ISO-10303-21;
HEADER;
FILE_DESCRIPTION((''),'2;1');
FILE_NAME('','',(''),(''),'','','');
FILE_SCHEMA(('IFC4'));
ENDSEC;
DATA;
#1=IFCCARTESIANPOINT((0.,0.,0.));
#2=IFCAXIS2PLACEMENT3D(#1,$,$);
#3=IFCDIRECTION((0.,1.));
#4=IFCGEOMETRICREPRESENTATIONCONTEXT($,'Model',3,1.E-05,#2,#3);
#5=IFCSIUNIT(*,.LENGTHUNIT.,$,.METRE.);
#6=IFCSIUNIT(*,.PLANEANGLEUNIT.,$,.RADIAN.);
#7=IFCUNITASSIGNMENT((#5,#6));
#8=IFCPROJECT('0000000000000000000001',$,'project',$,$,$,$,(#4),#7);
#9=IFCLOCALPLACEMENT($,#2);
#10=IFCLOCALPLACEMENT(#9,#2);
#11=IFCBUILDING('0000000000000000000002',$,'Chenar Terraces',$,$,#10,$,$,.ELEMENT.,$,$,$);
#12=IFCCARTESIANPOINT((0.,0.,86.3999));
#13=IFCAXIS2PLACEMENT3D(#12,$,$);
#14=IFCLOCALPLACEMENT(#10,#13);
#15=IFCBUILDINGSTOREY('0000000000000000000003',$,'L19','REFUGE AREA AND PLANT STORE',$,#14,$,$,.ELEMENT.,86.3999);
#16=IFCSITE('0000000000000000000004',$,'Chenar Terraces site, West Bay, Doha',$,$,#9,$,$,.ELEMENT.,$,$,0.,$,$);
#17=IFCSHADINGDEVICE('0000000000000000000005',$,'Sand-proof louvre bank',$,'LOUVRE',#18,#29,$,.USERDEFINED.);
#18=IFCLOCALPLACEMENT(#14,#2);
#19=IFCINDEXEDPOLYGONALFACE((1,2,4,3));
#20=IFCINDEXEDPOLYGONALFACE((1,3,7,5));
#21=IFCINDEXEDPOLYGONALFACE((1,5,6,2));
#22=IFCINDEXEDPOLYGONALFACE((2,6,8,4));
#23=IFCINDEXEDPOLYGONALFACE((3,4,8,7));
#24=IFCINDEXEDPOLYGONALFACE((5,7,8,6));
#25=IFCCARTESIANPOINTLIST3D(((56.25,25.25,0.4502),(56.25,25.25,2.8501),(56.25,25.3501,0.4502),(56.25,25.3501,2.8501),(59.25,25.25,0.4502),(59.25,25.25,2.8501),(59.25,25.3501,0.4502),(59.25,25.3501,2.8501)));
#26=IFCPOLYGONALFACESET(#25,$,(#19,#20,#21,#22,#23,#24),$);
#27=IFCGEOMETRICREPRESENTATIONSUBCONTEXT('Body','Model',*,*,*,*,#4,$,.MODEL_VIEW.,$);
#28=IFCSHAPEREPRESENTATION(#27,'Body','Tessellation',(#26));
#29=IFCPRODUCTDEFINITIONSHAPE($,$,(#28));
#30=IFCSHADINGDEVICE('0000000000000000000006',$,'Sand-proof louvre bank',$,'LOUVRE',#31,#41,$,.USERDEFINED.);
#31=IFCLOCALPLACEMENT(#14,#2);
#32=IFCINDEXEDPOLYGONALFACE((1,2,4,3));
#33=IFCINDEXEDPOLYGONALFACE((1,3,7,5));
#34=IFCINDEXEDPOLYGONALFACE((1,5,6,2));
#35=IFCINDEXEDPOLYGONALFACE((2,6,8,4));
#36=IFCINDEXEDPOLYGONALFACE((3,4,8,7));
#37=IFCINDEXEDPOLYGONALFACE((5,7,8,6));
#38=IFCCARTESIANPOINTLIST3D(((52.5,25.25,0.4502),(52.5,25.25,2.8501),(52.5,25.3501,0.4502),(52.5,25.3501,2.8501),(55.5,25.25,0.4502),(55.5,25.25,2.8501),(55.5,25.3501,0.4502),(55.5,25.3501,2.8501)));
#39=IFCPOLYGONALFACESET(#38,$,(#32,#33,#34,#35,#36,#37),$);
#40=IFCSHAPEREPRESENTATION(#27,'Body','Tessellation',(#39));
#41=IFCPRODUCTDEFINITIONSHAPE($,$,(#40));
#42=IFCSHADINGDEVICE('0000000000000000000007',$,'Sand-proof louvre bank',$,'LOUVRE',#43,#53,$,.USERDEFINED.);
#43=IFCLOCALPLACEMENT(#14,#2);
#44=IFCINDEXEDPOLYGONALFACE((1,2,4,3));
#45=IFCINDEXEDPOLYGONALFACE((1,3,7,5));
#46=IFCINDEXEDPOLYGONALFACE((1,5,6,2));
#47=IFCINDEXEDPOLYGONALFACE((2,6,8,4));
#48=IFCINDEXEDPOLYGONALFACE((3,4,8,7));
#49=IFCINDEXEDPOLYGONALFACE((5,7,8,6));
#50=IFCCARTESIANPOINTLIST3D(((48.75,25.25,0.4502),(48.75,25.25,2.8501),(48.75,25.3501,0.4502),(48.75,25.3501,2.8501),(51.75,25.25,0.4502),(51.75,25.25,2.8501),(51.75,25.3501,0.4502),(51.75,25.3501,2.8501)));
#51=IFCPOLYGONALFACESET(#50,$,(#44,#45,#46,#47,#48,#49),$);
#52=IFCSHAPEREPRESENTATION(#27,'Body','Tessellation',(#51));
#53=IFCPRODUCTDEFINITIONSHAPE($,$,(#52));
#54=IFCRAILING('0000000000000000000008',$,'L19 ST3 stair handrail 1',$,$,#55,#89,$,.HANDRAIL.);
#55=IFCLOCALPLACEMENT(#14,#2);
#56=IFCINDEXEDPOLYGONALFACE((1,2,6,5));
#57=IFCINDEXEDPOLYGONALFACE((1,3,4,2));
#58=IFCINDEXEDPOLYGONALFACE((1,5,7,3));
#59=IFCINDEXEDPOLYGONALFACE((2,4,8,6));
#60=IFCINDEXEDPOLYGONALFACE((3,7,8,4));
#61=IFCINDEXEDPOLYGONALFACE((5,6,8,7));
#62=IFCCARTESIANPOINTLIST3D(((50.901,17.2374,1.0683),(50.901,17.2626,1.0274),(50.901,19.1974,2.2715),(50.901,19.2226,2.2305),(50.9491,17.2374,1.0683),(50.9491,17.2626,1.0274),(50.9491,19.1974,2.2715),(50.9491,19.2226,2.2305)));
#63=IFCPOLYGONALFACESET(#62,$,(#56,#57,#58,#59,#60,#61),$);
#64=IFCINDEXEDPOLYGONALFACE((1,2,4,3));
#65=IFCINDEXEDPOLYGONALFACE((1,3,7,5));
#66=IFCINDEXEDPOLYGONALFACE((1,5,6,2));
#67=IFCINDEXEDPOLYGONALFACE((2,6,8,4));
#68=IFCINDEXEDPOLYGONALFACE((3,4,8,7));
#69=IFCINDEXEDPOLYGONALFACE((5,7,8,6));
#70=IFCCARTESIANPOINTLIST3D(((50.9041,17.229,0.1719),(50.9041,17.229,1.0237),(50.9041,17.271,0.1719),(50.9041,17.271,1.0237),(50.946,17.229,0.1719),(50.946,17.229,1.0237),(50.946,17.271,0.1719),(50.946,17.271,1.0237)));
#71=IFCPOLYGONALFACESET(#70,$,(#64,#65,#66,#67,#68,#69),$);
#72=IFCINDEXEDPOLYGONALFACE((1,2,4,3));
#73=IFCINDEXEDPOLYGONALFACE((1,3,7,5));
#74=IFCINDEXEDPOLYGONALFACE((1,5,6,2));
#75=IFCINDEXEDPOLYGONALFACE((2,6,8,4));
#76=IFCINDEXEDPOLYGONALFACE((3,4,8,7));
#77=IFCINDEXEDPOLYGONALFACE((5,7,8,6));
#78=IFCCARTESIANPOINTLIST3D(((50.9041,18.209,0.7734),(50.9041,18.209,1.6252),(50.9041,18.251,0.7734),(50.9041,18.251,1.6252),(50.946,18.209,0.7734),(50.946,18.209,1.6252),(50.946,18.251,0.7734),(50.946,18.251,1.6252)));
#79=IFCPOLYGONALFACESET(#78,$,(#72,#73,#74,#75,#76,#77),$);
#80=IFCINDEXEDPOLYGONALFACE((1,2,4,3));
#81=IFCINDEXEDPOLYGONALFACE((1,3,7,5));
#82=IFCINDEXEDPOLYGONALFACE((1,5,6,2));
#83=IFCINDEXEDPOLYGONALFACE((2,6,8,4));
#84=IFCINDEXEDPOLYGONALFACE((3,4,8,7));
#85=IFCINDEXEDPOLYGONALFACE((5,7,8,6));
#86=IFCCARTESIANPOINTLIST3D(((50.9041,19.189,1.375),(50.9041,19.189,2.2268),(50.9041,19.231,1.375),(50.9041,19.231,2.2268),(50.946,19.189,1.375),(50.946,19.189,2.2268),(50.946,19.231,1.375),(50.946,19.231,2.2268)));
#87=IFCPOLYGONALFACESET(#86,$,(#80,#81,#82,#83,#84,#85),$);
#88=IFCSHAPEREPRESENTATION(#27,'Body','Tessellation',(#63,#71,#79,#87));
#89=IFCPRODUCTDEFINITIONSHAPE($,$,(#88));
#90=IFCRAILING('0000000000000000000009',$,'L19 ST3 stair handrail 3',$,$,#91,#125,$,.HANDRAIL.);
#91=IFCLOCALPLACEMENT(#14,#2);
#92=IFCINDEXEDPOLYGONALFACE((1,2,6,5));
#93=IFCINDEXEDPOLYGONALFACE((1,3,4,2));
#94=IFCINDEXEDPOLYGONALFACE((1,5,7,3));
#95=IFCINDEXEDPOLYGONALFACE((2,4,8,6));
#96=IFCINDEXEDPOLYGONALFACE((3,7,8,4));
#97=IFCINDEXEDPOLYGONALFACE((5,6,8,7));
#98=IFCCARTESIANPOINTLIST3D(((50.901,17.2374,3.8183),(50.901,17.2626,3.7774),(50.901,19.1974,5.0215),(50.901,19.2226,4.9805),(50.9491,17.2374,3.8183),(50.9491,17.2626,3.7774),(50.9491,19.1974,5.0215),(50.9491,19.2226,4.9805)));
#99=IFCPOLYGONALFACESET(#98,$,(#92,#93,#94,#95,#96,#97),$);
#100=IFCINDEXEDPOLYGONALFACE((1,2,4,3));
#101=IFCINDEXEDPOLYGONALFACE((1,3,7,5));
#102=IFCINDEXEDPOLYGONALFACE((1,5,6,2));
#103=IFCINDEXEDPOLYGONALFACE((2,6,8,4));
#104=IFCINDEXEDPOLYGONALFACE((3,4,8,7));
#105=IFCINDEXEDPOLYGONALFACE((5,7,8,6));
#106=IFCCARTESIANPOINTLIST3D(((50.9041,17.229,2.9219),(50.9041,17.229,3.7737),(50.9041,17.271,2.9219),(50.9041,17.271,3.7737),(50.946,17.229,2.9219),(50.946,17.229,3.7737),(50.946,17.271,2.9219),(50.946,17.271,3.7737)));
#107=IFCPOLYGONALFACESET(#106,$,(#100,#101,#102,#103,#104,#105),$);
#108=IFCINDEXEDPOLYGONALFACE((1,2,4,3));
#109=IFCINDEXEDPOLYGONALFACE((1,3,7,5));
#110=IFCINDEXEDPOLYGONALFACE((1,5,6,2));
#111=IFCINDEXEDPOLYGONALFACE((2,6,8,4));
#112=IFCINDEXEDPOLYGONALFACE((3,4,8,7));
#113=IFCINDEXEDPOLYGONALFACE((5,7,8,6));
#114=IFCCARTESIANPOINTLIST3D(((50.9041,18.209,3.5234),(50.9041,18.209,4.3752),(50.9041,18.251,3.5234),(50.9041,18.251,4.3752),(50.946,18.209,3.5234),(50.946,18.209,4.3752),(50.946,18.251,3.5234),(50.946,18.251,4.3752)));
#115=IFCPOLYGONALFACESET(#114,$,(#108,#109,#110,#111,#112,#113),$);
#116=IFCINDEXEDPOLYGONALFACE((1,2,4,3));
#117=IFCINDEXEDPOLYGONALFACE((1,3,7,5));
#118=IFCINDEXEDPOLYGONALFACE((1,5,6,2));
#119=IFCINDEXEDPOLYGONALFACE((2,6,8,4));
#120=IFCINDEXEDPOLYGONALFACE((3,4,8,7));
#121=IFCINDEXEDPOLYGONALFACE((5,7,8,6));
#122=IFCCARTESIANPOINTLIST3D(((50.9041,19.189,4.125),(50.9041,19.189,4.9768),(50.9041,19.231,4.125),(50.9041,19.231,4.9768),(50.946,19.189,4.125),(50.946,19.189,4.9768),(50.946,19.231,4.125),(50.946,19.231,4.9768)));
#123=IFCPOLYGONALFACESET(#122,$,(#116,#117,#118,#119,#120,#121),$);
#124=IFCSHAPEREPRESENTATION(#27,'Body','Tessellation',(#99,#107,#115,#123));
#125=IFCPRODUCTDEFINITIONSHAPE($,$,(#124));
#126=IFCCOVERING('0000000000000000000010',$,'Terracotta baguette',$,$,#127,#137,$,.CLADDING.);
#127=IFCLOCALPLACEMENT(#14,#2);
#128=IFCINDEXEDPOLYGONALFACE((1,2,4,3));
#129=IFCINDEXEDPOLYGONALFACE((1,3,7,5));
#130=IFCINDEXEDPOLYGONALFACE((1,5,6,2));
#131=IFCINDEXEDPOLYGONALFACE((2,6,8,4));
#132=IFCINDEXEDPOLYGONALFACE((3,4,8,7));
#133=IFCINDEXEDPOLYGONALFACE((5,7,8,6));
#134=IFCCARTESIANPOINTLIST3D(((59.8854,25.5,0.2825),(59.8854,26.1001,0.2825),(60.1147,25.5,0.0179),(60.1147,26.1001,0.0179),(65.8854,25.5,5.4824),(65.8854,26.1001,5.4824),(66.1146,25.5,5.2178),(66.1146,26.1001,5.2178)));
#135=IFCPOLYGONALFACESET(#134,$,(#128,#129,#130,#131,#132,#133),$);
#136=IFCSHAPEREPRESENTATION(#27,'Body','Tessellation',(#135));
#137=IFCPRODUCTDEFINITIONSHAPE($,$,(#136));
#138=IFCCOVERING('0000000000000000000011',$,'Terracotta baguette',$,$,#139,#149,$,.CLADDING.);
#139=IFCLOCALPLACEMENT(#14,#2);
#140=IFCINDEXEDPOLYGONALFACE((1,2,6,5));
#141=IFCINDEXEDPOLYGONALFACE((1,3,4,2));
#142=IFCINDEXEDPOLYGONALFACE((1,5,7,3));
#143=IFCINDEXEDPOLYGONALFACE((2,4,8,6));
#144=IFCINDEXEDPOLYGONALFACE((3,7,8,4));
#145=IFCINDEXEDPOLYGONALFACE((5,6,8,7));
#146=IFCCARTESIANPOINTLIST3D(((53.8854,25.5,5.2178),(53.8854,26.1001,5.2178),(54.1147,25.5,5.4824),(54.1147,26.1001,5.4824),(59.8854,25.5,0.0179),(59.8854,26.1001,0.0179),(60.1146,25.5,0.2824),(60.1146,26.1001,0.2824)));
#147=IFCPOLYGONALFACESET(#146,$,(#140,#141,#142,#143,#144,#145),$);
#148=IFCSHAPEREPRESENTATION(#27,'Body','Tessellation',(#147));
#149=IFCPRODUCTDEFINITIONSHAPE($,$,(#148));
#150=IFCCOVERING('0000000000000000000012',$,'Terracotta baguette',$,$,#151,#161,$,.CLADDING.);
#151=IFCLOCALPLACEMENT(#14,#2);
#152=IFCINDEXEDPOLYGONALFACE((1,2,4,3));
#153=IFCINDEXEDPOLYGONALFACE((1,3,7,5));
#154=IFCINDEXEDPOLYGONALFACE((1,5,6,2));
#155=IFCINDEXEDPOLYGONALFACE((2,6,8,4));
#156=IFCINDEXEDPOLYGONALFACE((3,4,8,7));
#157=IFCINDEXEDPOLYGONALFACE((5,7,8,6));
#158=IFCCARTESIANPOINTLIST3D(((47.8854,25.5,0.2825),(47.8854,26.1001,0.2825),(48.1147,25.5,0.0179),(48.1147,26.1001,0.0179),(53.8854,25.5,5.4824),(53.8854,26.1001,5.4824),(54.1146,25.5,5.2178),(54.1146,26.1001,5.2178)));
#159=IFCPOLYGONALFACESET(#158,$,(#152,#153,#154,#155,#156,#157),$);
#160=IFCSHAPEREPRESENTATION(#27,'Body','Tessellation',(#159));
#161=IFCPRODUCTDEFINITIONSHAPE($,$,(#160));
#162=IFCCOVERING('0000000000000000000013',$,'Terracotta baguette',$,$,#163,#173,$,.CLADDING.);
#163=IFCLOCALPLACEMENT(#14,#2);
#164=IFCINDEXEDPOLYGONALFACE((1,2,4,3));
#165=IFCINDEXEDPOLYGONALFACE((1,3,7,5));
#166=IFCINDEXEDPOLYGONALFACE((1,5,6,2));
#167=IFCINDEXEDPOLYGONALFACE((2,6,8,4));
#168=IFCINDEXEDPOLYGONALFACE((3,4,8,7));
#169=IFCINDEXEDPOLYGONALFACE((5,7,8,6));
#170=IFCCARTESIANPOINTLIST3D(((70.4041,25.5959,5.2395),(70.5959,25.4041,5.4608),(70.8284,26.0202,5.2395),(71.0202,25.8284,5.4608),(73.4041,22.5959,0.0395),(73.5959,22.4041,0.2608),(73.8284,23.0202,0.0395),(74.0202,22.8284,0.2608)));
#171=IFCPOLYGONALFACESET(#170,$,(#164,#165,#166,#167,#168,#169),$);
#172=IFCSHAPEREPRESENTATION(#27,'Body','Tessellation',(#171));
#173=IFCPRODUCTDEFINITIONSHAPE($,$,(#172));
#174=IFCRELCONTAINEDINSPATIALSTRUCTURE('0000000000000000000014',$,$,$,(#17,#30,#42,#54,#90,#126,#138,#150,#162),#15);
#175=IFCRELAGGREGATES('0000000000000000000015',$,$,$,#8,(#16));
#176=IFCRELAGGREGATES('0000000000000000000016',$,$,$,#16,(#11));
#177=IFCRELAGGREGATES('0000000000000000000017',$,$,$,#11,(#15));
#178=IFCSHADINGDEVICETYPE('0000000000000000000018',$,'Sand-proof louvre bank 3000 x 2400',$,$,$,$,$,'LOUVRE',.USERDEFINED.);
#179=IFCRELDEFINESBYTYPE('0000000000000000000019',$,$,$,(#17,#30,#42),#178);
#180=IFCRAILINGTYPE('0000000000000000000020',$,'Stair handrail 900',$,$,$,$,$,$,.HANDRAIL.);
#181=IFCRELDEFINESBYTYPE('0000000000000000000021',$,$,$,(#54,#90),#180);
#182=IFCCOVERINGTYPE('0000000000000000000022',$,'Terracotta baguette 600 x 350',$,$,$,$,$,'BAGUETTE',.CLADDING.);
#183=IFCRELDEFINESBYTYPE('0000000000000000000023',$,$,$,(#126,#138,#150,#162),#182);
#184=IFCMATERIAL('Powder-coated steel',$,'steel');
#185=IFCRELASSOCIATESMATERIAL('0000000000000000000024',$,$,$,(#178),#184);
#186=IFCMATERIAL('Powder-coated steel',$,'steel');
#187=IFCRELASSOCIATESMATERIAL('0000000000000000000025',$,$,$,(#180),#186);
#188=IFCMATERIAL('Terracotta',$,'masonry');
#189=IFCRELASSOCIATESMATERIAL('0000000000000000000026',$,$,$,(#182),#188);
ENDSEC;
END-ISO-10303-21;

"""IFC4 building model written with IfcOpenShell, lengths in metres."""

from ifc_helpers import new_model, si_unit, direction, frame, origin, origin_2d, place, context, subcontext, project, spatial, rectangle, extrude, material, material_profile, profile_set, type_object, element, save


model = new_model("IFC4")

# Units and contexts
model_context = context("Model", 3, precision=1e-05, world=origin(), true_north=direction((0.0, 1.0)))
body_context = subcontext(model_context, "Body", "Model", "MODEL_VIEW")
ifc_project = project(units=[si_unit("LENGTHUNIT", "METRE"), si_unit("PLANEANGLEUNIT", "RADIAN")], contexts=[model_context])

# Site, building, storey
site_placement = place(None, origin())
site = spatial("IfcSite", under=ifc_project, at=site_placement, Name="Chenar Terraces site, West Bay, Doha", CompositionType="ELEMENT", RefElevation=0.0)
building_placement = place(site_placement, origin())
building = spatial("IfcBuilding", under=site, at=building_placement, Name="Chenar Terraces", CompositionType="ELEMENT")
storey_placement = place(building_placement, frame((0.0, 0.0, 86.3999)))
storey = spatial("IfcBuildingStorey", under=building, at=storey_placement, Name="L19", Description="REFUGE AREA AND PLANT STORE", CompositionType="ELEMENT", Elevation=86.3999)

# Shading devices
ifc_material_1 = material(Name="Powder-coated steel", Category="steel")
shading_device_type = type_object("IfcShadingDeviceType", Name="Sand-proof louvre bank 3000 x 2400", ElementType="LOUVRE", PredefinedType="USERDEFINED", material=ifc_material_1)
for number, where, z_axis, x_axis, name in (
    (1, (57.75, 25.3, 0.4502), (0.0, 0.0, 1.0), (-1.0, 0.0, 0.0), "Sand-proof louvre bank"),
    (2, (54.0, 25.3, 0.4502), (0.0, 0.0, 1.0), (-1.0, 0.0, 0.0), "Sand-proof louvre bank"),
    (3, (50.25, 25.3, 0.4502), (0.0, 0.0, 1.0), (-1.0, 0.0, 0.0), "Sand-proof louvre bank"),
):
    element("IfcShadingDevice", number, at=place(storey_placement, frame(where, z_axis=z_axis, x_axis=x_axis)), inside=storey, type_object=shading_device_type, Name=name, ObjectType="LOUVRE", PredefinedType="USERDEFINED", context=body_context, shape_type="SweptSolid", body=[
        extrude(rectangle(XDim=3.0, YDim=0.1001, at=origin_2d()), origin(), (0.0, 0.0, 1.0), 2.3999),
    ])

# Railings
ifc_material_2 = material(Name="Powder-coated steel", Category="steel")
railing_type_1 = type_object("IfcRailingType", Name="Stair handrail 900", PredefinedType="HANDRAIL", material=ifc_material_2)
for number, where, name in (
    (4, (50.925, 17.25, 0.1719), "L19 ST3 stair handrail 1"),
    (5, (50.925, 17.25, 2.9219), "L19 ST3 stair handrail 3"),
):
    element("IfcRailing", number, at=place(storey_placement, frame(where)), inside=storey, type_object=railing_type_1, Name=name, PredefinedType="HANDRAIL", context=body_context, shape_type="SweptSolid", body=[
        extrude(rectangle(XDim=0.0481, YDim=0.0481, at=origin_2d()), frame((0.0, 0.0, 0.876), z_axis=(0.0, 0.852241, 0.523149), x_axis=(-1.0, 0.0, 0.0)), (0.0, 0.0, 1.0), 2.2998),
        extrude(rectangle(XDim=0.042, YDim=0.042, at=origin_2d()), origin(), (0.0, 0.0, 1.0), 0.8518),
        extrude(rectangle(XDim=0.042, YDim=0.042, at=origin_2d()), frame((0.0, 0.98, 0.6016)), (0.0, 0.0, 1.0), 0.8518),
        extrude(rectangle(XDim=0.042, YDim=0.042, at=origin_2d()), frame((0.0, 1.96, 1.2031)), (0.0, 0.0, 1.0), 0.8518),
    ])

# Coverings
ifc_material_3 = material(Name="Terracotta", Category="masonry")
ifc_material_profile_1 = material_profile(ifc_material_3, rectangle(XDim=0.6001, YDim=0.3501, at=origin_2d()), Name="Terracotta baguette 600 x 350")
ifc_profile_set_1 = profile_set([ifc_material_profile_1], Name="Terracotta")
covering_type = type_object("IfcCoveringType", Name="Terracotta baguette 600 x 350", ElementType="BAGUETTE", PredefinedType="CLADDING", material=ifc_profile_set_1)
for number, where, z_axis, x_axis, name in (
    (6, (66.0, 25.8, 5.3501), (-0.755692, 0.0, -0.654927), (0.0, -1.0, 0.0), "Terracotta baguette"),
    (7, (60.0, 25.8, 0.1501), (-0.755692, 0.0, 0.654927), (0.0, -1.0, 0.0), "Terracotta baguette"),
    (8, (54.0, 25.8, 5.3501), (-0.755692, 0.0, -0.654927), (0.0, -1.0, 0.0), "Terracotta baguette"),
):
    element("IfcCovering", number, at=place(storey_placement, frame(where, z_axis=z_axis, x_axis=x_axis)), inside=storey, type_object=covering_type, Name=name, PredefinedType="CLADDING", context=body_context, shape_type="SweptSolid", body=[
        extrude(rectangle(XDim=0.6001, YDim=0.3501, at=origin_2d()), origin(), (0.0, 0.0, 1.0), 7.9397),
    ])
covering_placement = place(storey_placement, frame((73.7122, 22.7122, 0.1501), z_axis=(-0.447017, 0.447017, 0.774823), x_axis=(-0.707107, -0.707107, 0.0)))
element("IfcCovering", 9, at=covering_placement, inside=storey, type_object=covering_type, Name="Terracotta baguette", PredefinedType="CLADDING", context=body_context, shape_type="SweptSolid", body=[
    extrude(rectangle(XDim=0.6001, YDim=0.3501, at=origin_2d()), origin(), (0.0, 0.0, 1.0), 6.7112),
])

save(model, "model.ifc")
